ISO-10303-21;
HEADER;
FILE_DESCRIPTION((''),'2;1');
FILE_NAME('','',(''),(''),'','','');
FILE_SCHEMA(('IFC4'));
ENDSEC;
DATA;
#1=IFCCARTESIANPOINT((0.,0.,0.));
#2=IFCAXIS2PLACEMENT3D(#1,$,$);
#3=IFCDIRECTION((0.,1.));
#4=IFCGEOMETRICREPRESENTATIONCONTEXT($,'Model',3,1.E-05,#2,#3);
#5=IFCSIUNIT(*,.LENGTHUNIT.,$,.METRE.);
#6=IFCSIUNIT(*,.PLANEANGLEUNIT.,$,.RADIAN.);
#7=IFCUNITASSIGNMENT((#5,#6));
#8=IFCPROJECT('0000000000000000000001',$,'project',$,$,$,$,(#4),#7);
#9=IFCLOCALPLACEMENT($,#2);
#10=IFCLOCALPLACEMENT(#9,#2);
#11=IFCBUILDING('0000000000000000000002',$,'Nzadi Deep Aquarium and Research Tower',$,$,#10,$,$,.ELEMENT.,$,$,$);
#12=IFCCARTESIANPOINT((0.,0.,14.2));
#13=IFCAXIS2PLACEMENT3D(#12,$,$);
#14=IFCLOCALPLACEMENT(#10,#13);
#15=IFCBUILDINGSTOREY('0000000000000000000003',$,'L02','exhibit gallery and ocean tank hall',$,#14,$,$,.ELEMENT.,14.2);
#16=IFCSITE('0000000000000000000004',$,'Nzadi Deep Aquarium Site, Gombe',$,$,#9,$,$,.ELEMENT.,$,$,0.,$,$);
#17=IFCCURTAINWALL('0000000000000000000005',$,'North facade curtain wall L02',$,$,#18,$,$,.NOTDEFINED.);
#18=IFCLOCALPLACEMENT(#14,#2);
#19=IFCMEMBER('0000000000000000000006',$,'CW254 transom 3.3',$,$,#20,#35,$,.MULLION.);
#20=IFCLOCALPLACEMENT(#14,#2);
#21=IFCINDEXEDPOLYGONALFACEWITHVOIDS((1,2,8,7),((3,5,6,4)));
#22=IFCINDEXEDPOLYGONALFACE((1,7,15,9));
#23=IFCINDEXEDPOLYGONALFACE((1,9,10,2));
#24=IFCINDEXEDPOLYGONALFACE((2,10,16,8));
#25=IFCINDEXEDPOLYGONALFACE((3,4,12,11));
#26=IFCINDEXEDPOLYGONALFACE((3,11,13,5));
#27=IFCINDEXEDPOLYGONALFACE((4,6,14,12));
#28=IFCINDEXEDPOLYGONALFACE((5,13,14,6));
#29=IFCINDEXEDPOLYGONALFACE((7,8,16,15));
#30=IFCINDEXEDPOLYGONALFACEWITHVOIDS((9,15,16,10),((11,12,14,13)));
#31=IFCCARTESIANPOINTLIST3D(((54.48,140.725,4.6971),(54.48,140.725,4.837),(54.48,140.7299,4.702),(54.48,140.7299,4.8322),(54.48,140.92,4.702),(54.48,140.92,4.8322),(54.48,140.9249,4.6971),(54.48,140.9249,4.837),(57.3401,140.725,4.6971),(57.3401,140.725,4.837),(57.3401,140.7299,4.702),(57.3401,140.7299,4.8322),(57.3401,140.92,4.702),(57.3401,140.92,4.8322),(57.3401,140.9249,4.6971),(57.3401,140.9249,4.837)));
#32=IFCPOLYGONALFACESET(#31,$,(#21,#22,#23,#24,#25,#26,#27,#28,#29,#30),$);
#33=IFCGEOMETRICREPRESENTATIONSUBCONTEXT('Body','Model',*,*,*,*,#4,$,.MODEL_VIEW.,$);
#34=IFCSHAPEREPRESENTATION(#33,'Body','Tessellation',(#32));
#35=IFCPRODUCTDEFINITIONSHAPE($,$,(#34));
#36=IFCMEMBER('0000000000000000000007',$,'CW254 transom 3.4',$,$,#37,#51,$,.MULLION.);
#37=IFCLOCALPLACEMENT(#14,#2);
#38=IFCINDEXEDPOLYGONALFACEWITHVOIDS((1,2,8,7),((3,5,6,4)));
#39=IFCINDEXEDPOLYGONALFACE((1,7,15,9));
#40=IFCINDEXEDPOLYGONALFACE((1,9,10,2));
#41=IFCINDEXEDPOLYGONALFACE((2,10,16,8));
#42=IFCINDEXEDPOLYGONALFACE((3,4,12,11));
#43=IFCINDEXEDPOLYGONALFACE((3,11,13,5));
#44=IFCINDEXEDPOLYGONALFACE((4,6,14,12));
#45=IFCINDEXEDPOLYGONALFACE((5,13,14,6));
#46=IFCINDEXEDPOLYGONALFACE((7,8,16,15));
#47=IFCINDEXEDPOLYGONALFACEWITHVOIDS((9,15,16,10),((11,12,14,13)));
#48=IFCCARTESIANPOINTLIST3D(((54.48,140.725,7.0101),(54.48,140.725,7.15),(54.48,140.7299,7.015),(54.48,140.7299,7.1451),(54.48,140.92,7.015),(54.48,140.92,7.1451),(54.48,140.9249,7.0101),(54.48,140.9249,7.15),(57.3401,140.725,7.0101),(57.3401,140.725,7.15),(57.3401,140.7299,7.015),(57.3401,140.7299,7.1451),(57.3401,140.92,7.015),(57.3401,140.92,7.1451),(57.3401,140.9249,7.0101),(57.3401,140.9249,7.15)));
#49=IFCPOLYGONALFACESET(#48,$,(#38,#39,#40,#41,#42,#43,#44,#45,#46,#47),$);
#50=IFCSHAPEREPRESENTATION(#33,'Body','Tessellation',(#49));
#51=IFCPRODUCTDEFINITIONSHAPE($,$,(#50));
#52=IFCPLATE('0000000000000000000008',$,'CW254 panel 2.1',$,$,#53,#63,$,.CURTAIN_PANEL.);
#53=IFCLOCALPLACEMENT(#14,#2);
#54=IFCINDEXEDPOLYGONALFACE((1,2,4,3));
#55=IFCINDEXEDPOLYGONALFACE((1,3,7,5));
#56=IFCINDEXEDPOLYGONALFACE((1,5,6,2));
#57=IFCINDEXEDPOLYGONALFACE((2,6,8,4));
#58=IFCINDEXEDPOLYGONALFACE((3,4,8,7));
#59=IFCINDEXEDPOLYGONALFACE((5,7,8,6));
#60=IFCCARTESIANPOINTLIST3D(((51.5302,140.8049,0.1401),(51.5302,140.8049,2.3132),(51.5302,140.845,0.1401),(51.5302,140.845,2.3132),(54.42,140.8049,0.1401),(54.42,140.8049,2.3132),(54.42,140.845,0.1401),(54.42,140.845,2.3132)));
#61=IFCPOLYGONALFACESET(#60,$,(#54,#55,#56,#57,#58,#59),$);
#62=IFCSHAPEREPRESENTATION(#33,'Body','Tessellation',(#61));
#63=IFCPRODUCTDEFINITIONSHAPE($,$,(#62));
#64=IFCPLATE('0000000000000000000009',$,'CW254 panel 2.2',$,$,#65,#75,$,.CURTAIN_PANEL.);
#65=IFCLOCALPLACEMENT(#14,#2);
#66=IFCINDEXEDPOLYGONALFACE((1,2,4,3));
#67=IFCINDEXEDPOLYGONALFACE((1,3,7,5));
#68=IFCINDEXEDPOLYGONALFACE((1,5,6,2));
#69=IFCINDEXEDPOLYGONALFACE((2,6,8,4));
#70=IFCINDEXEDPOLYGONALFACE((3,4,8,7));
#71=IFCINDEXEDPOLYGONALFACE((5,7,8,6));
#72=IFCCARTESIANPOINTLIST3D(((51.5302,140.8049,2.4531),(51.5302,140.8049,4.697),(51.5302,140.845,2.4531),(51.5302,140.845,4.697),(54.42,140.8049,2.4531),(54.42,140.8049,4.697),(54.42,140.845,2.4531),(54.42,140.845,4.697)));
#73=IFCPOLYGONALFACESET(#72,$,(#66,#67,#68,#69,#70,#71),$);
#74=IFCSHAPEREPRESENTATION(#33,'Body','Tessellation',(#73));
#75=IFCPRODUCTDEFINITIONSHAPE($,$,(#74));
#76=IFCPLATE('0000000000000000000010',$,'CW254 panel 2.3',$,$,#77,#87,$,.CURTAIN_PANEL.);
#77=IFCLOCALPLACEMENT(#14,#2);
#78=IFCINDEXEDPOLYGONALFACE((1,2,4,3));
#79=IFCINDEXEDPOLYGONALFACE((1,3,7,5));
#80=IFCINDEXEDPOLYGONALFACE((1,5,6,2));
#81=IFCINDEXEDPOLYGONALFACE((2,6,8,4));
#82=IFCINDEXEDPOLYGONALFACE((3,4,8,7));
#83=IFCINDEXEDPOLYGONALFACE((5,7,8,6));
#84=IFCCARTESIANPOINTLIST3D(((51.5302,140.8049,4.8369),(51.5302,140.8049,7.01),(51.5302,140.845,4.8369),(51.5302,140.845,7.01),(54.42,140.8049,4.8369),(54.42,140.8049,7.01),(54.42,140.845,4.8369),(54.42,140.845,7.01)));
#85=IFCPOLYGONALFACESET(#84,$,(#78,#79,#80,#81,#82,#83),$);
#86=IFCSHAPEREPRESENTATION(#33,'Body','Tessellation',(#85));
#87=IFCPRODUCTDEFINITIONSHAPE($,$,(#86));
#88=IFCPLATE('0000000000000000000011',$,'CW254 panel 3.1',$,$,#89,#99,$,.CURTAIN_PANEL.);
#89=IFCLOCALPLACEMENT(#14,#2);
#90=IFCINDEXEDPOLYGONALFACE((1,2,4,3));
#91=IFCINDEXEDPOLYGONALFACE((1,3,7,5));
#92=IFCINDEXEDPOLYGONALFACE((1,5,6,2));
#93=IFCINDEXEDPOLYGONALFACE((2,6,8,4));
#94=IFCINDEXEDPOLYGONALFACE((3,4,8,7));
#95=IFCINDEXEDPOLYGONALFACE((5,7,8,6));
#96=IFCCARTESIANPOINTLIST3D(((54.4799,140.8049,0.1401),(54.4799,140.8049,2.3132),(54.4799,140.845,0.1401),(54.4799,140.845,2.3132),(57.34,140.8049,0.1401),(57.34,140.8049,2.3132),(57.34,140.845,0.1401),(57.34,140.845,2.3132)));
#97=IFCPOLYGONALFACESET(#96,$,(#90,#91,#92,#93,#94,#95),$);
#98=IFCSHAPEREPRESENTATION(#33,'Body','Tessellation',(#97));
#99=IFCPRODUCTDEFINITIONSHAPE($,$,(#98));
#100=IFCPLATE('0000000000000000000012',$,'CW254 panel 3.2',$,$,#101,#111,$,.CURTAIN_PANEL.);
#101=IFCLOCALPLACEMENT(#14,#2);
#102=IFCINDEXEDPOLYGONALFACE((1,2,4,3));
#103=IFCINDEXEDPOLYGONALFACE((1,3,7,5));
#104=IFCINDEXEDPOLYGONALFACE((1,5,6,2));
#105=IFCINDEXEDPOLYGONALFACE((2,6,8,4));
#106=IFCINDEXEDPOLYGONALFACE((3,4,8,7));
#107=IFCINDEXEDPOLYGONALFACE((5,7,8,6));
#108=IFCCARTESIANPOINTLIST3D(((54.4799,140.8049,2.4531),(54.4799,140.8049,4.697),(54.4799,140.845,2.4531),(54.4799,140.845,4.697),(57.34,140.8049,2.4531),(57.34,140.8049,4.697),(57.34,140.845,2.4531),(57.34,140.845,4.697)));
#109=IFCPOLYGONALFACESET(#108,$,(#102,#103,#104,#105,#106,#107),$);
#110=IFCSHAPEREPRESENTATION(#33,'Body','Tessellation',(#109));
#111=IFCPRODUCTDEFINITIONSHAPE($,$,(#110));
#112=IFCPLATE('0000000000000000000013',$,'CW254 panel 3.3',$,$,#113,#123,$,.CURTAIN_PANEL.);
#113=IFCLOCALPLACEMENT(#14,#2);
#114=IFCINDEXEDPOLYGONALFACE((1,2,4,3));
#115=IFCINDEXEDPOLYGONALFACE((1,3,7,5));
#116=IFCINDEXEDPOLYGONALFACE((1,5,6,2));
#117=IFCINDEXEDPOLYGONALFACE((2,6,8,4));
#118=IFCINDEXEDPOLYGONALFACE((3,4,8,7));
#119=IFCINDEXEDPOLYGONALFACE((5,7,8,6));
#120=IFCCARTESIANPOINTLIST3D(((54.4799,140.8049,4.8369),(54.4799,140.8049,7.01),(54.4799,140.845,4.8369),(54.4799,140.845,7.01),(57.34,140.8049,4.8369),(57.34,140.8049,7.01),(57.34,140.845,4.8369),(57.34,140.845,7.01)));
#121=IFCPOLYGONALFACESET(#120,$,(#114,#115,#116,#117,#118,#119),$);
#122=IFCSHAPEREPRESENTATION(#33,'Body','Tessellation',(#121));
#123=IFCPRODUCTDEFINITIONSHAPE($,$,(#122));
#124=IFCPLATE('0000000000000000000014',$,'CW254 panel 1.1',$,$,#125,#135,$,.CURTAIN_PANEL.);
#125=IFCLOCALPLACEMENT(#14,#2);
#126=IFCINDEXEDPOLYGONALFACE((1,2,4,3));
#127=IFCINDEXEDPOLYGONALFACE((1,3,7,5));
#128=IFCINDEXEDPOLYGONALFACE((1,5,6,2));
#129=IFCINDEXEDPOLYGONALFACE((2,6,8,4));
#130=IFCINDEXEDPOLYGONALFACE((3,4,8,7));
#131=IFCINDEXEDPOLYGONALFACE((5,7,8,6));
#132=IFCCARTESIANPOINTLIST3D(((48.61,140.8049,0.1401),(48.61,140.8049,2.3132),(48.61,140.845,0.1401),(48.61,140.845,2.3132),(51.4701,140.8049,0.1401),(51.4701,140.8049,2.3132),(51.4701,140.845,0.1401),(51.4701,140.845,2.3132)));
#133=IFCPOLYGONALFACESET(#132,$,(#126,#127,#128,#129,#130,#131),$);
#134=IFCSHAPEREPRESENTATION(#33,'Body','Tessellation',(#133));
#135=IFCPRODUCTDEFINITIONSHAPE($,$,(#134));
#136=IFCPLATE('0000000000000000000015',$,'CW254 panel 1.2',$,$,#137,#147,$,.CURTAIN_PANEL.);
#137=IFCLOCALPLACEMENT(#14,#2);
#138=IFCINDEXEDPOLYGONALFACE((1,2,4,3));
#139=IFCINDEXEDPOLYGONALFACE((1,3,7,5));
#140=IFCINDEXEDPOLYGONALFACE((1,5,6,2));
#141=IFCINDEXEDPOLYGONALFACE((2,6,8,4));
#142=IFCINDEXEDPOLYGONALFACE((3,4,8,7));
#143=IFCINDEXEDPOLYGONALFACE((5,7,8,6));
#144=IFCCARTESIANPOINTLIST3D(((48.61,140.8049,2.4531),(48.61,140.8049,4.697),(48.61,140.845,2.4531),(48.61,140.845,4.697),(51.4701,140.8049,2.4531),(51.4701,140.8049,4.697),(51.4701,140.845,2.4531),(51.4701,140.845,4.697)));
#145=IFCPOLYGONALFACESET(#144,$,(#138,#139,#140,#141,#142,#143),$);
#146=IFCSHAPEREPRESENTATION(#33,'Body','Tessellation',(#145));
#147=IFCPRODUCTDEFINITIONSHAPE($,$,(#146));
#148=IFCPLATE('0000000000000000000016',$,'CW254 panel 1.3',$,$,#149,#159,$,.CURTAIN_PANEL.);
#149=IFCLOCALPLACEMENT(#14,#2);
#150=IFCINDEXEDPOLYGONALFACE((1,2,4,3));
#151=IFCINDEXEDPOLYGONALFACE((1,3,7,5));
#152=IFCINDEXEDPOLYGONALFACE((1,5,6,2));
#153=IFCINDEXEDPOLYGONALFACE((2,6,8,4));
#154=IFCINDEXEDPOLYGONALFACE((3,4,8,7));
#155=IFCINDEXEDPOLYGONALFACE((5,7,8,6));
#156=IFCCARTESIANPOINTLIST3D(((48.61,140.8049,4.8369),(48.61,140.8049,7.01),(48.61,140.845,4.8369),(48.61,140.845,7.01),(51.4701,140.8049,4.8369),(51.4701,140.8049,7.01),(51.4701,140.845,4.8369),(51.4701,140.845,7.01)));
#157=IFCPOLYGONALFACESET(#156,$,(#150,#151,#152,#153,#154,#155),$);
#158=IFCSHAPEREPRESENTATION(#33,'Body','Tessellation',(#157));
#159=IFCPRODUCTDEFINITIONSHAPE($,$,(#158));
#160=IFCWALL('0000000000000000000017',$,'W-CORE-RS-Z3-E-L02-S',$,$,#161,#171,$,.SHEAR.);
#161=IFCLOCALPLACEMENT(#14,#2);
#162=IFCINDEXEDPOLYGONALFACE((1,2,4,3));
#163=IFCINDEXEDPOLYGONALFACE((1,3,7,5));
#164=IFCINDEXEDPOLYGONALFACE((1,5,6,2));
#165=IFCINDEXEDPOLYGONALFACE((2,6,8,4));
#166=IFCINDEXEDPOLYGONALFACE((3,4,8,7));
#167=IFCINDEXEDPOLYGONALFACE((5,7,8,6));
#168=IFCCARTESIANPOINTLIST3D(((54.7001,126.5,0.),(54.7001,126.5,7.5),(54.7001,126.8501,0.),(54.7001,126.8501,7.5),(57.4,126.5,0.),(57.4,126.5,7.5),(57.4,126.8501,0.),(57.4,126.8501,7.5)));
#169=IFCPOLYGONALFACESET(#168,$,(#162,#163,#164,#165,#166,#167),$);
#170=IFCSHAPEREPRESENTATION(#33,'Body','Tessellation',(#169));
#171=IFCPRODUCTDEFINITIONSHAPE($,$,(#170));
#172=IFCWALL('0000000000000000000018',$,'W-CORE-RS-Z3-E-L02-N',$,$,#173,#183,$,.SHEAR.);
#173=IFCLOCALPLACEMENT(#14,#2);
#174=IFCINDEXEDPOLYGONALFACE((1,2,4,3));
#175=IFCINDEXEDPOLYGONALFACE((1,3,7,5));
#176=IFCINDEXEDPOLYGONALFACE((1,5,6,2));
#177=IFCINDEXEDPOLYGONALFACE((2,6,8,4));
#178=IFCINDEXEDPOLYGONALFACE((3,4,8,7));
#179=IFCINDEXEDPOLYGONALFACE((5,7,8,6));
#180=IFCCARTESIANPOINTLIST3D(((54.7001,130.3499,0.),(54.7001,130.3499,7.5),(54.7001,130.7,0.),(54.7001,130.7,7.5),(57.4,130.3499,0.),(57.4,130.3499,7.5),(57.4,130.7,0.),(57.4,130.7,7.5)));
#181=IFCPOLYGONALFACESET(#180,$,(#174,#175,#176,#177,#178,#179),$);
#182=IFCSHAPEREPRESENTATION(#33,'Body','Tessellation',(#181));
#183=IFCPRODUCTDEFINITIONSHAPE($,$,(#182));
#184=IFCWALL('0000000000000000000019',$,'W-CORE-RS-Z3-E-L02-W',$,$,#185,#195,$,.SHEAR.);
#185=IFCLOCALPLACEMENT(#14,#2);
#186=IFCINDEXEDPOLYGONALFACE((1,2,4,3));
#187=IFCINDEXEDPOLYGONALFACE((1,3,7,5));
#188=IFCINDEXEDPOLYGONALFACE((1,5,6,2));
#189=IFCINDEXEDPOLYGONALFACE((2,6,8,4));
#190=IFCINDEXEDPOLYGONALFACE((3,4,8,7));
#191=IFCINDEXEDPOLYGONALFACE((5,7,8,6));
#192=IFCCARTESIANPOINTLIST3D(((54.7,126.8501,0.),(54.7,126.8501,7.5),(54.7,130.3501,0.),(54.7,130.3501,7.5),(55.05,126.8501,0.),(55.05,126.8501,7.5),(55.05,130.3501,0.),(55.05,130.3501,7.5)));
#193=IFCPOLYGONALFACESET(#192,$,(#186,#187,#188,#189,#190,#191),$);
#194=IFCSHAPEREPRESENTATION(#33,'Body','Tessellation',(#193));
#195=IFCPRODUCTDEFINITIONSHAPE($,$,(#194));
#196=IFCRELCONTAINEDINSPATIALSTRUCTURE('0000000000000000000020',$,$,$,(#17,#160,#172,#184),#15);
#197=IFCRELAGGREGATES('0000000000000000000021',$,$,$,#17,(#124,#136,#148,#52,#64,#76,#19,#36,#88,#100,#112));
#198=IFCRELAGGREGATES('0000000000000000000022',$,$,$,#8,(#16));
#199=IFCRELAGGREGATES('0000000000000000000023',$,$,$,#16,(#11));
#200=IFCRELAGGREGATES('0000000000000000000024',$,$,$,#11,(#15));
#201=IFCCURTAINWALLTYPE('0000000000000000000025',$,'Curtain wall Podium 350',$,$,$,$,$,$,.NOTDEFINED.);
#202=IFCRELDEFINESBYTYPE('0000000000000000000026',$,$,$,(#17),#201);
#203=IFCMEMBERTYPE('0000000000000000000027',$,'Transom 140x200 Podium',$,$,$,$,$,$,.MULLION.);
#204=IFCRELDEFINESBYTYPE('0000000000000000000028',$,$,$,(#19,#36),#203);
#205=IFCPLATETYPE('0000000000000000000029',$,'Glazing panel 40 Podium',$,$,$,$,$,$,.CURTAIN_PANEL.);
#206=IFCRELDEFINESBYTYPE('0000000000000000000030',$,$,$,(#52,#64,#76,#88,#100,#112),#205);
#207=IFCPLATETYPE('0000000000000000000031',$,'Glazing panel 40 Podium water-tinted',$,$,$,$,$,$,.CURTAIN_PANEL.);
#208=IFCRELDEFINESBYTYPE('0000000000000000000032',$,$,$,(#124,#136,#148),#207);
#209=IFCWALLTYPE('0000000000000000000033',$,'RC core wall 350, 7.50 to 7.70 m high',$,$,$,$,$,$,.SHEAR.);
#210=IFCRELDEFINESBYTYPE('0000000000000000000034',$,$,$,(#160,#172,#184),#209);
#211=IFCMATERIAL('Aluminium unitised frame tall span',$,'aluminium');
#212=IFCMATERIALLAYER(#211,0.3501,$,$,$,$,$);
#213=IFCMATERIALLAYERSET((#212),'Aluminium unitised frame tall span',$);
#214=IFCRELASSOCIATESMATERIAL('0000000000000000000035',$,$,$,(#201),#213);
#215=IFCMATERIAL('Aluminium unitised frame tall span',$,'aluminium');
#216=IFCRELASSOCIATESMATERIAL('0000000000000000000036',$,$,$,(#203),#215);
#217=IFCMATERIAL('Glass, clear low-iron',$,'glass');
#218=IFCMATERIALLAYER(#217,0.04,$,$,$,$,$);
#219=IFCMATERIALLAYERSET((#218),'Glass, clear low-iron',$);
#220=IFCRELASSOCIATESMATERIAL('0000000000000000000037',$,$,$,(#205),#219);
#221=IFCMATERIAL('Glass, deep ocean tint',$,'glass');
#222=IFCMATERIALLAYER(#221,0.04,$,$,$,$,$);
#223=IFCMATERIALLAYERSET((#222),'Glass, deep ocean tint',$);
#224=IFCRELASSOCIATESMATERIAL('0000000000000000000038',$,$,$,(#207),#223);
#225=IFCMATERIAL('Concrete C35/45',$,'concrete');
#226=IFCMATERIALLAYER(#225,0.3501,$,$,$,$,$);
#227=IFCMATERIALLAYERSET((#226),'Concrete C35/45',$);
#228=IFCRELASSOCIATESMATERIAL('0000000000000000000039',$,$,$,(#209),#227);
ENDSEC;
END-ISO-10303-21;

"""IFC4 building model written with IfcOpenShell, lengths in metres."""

from ifc_helpers import new_model, si_unit, direction, frame, frame_2d, origin, origin_2d, place, context, subcontext, project, spatial, rectangle, hollow_rectangle, extrude, material, layer, layer_set, material_profile, profile_set, type_object, element, aggregate, save


model = new_model("IFC4")

# Units and contexts
model_context = context("Model", 3, precision=1e-05, world=origin(), true_north=direction((0.0, 1.0)))
body_context = subcontext(model_context, "Body", "Model", "MODEL_VIEW")
ifc_project = project(units=[si_unit("LENGTHUNIT", "METRE"), si_unit("PLANEANGLEUNIT", "RADIAN")], contexts=[model_context])

# Site, building, storey
site_placement = place(None, origin())
site = spatial("IfcSite", under=ifc_project, at=site_placement, Name="Nzadi Deep Aquarium Site, Gombe", CompositionType="ELEMENT", RefElevation=0.0)
building_placement = place(site_placement, origin())
building = spatial("IfcBuilding", under=site, at=building_placement, Name="Nzadi Deep Aquarium and Research Tower", CompositionType="ELEMENT")
storey_placement = place(building_placement, frame((0.0, 0.0, 14.2)))
storey = spatial("IfcBuildingStorey", under=building, at=storey_placement, Name="L02", Description="exhibit gallery and ocean tank hall", CompositionType="ELEMENT", Elevation=14.2)

# Curtain wall
ifc_material_1 = material(Name="Aluminium unitised frame tall span", Category="aluminium")
ifc_layer_1 = layer(ifc_material_1, 0.3501)
ifc_layer_set_1 = layer_set([ifc_layer_1], Name="Aluminium unitised frame tall span")
curtain_wall_type = type_object("IfcCurtainWallType", Name="Curtain wall Podium 350", PredefinedType="NOTDEFINED", material=ifc_layer_set_1)
curtain_wall_placement = place(storey_placement, origin())
curtain_wall = element("IfcCurtainWall", 1, at=curtain_wall_placement, inside=storey, type_object=curtain_wall_type, Name="North facade curtain wall L02", PredefinedType="NOTDEFINED")

# Members
ifc_material_2 = material(Name="Aluminium unitised frame tall span", Category="aluminium")
ifc_material_profile_1 = material_profile(ifc_material_2, hollow_rectangle(XDim=0.2, YDim=0.1399, WallThickness=0.0049, at=origin_2d()))
ifc_profile_set_1 = profile_set([ifc_material_profile_1], Name="Aluminium unitised frame tall span")
member_type_1 = type_object("IfcMemberType", Name="Transom 140x200 Podium", PredefinedType="MULLION", material=ifc_profile_set_1)
member_1_placement = place(storey_placement, frame((54.48, 140.825, 4.7671), z_axis=(1.0, 0.0, 0.0), x_axis=(0.0, 1.0, 0.0)))
member_1 = element("IfcMember", 2, at=member_1_placement, type_object=member_type_1, Name="CW254 transom 3.3", PredefinedType="MULLION", context=body_context, shape_type="SweptSolid", body=[
    extrude(hollow_rectangle(XDim=0.2, YDim=0.1399, WallThickness=0.0049, at=origin_2d()), origin(), (0.0, 0.0, 1.0), 2.8601),
])
member_2_placement = place(storey_placement, frame((54.48, 140.825, 7.0801), z_axis=(1.0, 0.0, 0.0), x_axis=(0.0, 1.0, 0.0)))
member_2 = element("IfcMember", 3, at=member_2_placement, type_object=member_type_1, Name="CW254 transom 3.4", PredefinedType="MULLION", context=body_context, shape_type="SweptSolid", body=[
    extrude(hollow_rectangle(XDim=0.2, YDim=0.1399, WallThickness=0.0049, at=origin_2d()), origin(), (0.0, 0.0, 1.0), 2.8601),
])

# Plates
ifc_material_3 = material(Name="Glass, clear low-iron", Category="glass")
ifc_layer_2 = layer(ifc_material_3, 0.04)
ifc_layer_set_2 = layer_set([ifc_layer_2], Name="Glass, clear low-iron")
plate_type_1 = type_object("IfcPlateType", Name="Glazing panel 40 Podium", PredefinedType="CURTAIN_PANEL", material=ifc_layer_set_2)
plate_1_placement = place(storey_placement, frame((52.9751, 140.825, 0.1401), z_axis=(0.0, 0.0, 1.0), x_axis=(1.0, 0.0, 0.0)))
plate_1 = element("IfcPlate", 4, at=plate_1_placement, type_object=plate_type_1, Name="CW254 panel 2.1", PredefinedType="CURTAIN_PANEL", context=body_context, shape_type="SweptSolid", body=[
    extrude(rectangle(XDim=2.8899, YDim=0.04, at=origin_2d()), origin(), (0.0, 0.0, 1.0), 2.1731),
])
plate_2_placement = place(storey_placement, frame((52.9751, 140.825, 2.4531), z_axis=(0.0, 0.0, 1.0), x_axis=(1.0, 0.0, 0.0)))
plate_2 = element("IfcPlate", 5, at=plate_2_placement, type_object=plate_type_1, Name="CW254 panel 2.2", PredefinedType="CURTAIN_PANEL", context=body_context, shape_type="SweptSolid", body=[
    extrude(rectangle(XDim=2.8899, YDim=0.04, at=origin_2d()), origin(), (0.0, 0.0, 1.0), 2.2439),
])
plate_3_placement = place(storey_placement, frame((52.9751, 140.825, 4.8369), z_axis=(0.0, 0.0, 1.0), x_axis=(1.0, 0.0, 0.0)))
plate_3 = element("IfcPlate", 6, at=plate_3_placement, type_object=plate_type_1, Name="CW254 panel 2.3", PredefinedType="CURTAIN_PANEL", context=body_context, shape_type="SweptSolid", body=[
    extrude(rectangle(XDim=2.8899, YDim=0.04, at=origin_2d()), origin(), (0.0, 0.0, 1.0), 2.1731),
])
plate_4_placement = place(storey_placement, frame((55.9099, 140.825, 0.1401), z_axis=(0.0, 0.0, 1.0), x_axis=(1.0, 0.0, 0.0)))
plate_4 = element("IfcPlate", 7, at=plate_4_placement, type_object=plate_type_1, Name="CW254 panel 3.1", PredefinedType="CURTAIN_PANEL", context=body_context, shape_type="SweptSolid", body=[
    extrude(rectangle(XDim=2.8601, YDim=0.04, at=origin_2d()), origin(), (0.0, 0.0, 1.0), 2.1731),
])
plate_5_placement = place(storey_placement, frame((55.9099, 140.825, 2.4531), z_axis=(0.0, 0.0, 1.0), x_axis=(1.0, 0.0, 0.0)))
plate_5 = element("IfcPlate", 8, at=plate_5_placement, type_object=plate_type_1, Name="CW254 panel 3.2", PredefinedType="CURTAIN_PANEL", context=body_context, shape_type="SweptSolid", body=[
    extrude(rectangle(XDim=2.8601, YDim=0.04, at=origin_2d()), origin(), (0.0, 0.0, 1.0), 2.2439),
])
plate_6_placement = place(storey_placement, frame((55.9099, 140.825, 4.8369), z_axis=(0.0, 0.0, 1.0), x_axis=(1.0, 0.0, 0.0)))
plate_6 = element("IfcPlate", 9, at=plate_6_placement, type_object=plate_type_1, Name="CW254 panel 3.3", PredefinedType="CURTAIN_PANEL", context=body_context, shape_type="SweptSolid", body=[
    extrude(rectangle(XDim=2.8601, YDim=0.04, at=origin_2d()), origin(), (0.0, 0.0, 1.0), 2.1731),
])
ifc_material_4 = material(Name="Glass, deep ocean tint", Category="glass")
ifc_layer_3 = layer(ifc_material_4, 0.04)
ifc_layer_set_3 = layer_set([ifc_layer_3], Name="Glass, deep ocean tint")
plate_type_2 = type_object("IfcPlateType", Name="Glazing panel 40 Podium water-tinted", PredefinedType="CURTAIN_PANEL", material=ifc_layer_set_3)
plate_7_placement = place(storey_placement, frame((50.04, 140.825, 0.1401), z_axis=(0.0, 0.0, 1.0), x_axis=(1.0, 0.0, 0.0)))
plate_7 = element("IfcPlate", 10, at=plate_7_placement, type_object=plate_type_2, Name="CW254 panel 1.1", PredefinedType="CURTAIN_PANEL", context=body_context, shape_type="SweptSolid", body=[
    extrude(rectangle(XDim=2.8601, YDim=0.04, at=origin_2d()), origin(), (0.0, 0.0, 1.0), 2.1731),
])
plate_8_placement = place(storey_placement, frame((50.04, 140.825, 2.4531), z_axis=(0.0, 0.0, 1.0), x_axis=(1.0, 0.0, 0.0)))
plate_8 = element("IfcPlate", 11, at=plate_8_placement, type_object=plate_type_2, Name="CW254 panel 1.2", PredefinedType="CURTAIN_PANEL", context=body_context, shape_type="SweptSolid", body=[
    extrude(rectangle(XDim=2.8601, YDim=0.04, at=origin_2d()), origin(), (0.0, 0.0, 1.0), 2.2439),
])
plate_9_placement = place(storey_placement, frame((50.04, 140.825, 4.8369), z_axis=(0.0, 0.0, 1.0), x_axis=(1.0, 0.0, 0.0)))
plate_9 = element("IfcPlate", 12, at=plate_9_placement, type_object=plate_type_2, Name="CW254 panel 1.3", PredefinedType="CURTAIN_PANEL", context=body_context, shape_type="SweptSolid", body=[
    extrude(rectangle(XDim=2.8601, YDim=0.04, at=origin_2d()), origin(), (0.0, 0.0, 1.0), 2.1731),
])
aggregate(curtain_wall, [plate_7, plate_8, plate_9, plate_1, plate_2, plate_3, member_1, member_2, plate_4, plate_5, plate_6])

# Walls
ifc_material_5 = material(Name="Concrete C35/45", Category="concrete")
ifc_layer_4 = layer(ifc_material_5, 0.3501)
ifc_layer_set_4 = layer_set([ifc_layer_4], Name="Concrete C35/45")
wall_type = type_object("IfcWallType", Name="RC core wall 350, 7.50 to 7.70 m high", PredefinedType="SHEAR", material=ifc_layer_set_4)
for number, where, z_axis, x_axis, name in (
    (13, (54.7, 126.675, 0.0), (0.0, 0.0, 1.0), (1.0, 0.0, 0.0), "W-CORE-RS-Z3-E-L02-S"),
    (14, (54.7, 130.5249, 0.0), (0.0, 0.0, 1.0), (1.0, 0.0, 0.0), "W-CORE-RS-Z3-E-L02-N"),
):
    element("IfcWall", number, at=place(storey_placement, frame(where, z_axis=z_axis, x_axis=x_axis)), inside=storey, type_object=wall_type, Name=name, PredefinedType="SHEAR", context=body_context, shape_type="SweptSolid", body=[
        extrude(rectangle(XDim=2.7, YDim=0.3501, at=frame_2d((1.3501, 0.0))), origin(), (0.0, 0.0, 1.0), 7.5),
    ])
for number, where, z_axis, x_axis, name in (
    (15, (54.875, 126.8501, 0.0), (0.0, 0.0, 1.0), (0.0, 1.0, 0.0), "W-CORE-RS-Z3-E-L02-W"),
):
    element("IfcWall", number, at=place(storey_placement, frame(where, z_axis=z_axis, x_axis=x_axis)), inside=storey, type_object=wall_type, Name=name, PredefinedType="SHEAR", context=body_context, shape_type="SweptSolid", body=[
        extrude(rectangle(XDim=3.5, YDim=0.3501, at=frame_2d((1.75, 0.0))), origin(), (0.0, 0.0, 1.0), 7.5),
    ])

save(model, "model.ifc")
